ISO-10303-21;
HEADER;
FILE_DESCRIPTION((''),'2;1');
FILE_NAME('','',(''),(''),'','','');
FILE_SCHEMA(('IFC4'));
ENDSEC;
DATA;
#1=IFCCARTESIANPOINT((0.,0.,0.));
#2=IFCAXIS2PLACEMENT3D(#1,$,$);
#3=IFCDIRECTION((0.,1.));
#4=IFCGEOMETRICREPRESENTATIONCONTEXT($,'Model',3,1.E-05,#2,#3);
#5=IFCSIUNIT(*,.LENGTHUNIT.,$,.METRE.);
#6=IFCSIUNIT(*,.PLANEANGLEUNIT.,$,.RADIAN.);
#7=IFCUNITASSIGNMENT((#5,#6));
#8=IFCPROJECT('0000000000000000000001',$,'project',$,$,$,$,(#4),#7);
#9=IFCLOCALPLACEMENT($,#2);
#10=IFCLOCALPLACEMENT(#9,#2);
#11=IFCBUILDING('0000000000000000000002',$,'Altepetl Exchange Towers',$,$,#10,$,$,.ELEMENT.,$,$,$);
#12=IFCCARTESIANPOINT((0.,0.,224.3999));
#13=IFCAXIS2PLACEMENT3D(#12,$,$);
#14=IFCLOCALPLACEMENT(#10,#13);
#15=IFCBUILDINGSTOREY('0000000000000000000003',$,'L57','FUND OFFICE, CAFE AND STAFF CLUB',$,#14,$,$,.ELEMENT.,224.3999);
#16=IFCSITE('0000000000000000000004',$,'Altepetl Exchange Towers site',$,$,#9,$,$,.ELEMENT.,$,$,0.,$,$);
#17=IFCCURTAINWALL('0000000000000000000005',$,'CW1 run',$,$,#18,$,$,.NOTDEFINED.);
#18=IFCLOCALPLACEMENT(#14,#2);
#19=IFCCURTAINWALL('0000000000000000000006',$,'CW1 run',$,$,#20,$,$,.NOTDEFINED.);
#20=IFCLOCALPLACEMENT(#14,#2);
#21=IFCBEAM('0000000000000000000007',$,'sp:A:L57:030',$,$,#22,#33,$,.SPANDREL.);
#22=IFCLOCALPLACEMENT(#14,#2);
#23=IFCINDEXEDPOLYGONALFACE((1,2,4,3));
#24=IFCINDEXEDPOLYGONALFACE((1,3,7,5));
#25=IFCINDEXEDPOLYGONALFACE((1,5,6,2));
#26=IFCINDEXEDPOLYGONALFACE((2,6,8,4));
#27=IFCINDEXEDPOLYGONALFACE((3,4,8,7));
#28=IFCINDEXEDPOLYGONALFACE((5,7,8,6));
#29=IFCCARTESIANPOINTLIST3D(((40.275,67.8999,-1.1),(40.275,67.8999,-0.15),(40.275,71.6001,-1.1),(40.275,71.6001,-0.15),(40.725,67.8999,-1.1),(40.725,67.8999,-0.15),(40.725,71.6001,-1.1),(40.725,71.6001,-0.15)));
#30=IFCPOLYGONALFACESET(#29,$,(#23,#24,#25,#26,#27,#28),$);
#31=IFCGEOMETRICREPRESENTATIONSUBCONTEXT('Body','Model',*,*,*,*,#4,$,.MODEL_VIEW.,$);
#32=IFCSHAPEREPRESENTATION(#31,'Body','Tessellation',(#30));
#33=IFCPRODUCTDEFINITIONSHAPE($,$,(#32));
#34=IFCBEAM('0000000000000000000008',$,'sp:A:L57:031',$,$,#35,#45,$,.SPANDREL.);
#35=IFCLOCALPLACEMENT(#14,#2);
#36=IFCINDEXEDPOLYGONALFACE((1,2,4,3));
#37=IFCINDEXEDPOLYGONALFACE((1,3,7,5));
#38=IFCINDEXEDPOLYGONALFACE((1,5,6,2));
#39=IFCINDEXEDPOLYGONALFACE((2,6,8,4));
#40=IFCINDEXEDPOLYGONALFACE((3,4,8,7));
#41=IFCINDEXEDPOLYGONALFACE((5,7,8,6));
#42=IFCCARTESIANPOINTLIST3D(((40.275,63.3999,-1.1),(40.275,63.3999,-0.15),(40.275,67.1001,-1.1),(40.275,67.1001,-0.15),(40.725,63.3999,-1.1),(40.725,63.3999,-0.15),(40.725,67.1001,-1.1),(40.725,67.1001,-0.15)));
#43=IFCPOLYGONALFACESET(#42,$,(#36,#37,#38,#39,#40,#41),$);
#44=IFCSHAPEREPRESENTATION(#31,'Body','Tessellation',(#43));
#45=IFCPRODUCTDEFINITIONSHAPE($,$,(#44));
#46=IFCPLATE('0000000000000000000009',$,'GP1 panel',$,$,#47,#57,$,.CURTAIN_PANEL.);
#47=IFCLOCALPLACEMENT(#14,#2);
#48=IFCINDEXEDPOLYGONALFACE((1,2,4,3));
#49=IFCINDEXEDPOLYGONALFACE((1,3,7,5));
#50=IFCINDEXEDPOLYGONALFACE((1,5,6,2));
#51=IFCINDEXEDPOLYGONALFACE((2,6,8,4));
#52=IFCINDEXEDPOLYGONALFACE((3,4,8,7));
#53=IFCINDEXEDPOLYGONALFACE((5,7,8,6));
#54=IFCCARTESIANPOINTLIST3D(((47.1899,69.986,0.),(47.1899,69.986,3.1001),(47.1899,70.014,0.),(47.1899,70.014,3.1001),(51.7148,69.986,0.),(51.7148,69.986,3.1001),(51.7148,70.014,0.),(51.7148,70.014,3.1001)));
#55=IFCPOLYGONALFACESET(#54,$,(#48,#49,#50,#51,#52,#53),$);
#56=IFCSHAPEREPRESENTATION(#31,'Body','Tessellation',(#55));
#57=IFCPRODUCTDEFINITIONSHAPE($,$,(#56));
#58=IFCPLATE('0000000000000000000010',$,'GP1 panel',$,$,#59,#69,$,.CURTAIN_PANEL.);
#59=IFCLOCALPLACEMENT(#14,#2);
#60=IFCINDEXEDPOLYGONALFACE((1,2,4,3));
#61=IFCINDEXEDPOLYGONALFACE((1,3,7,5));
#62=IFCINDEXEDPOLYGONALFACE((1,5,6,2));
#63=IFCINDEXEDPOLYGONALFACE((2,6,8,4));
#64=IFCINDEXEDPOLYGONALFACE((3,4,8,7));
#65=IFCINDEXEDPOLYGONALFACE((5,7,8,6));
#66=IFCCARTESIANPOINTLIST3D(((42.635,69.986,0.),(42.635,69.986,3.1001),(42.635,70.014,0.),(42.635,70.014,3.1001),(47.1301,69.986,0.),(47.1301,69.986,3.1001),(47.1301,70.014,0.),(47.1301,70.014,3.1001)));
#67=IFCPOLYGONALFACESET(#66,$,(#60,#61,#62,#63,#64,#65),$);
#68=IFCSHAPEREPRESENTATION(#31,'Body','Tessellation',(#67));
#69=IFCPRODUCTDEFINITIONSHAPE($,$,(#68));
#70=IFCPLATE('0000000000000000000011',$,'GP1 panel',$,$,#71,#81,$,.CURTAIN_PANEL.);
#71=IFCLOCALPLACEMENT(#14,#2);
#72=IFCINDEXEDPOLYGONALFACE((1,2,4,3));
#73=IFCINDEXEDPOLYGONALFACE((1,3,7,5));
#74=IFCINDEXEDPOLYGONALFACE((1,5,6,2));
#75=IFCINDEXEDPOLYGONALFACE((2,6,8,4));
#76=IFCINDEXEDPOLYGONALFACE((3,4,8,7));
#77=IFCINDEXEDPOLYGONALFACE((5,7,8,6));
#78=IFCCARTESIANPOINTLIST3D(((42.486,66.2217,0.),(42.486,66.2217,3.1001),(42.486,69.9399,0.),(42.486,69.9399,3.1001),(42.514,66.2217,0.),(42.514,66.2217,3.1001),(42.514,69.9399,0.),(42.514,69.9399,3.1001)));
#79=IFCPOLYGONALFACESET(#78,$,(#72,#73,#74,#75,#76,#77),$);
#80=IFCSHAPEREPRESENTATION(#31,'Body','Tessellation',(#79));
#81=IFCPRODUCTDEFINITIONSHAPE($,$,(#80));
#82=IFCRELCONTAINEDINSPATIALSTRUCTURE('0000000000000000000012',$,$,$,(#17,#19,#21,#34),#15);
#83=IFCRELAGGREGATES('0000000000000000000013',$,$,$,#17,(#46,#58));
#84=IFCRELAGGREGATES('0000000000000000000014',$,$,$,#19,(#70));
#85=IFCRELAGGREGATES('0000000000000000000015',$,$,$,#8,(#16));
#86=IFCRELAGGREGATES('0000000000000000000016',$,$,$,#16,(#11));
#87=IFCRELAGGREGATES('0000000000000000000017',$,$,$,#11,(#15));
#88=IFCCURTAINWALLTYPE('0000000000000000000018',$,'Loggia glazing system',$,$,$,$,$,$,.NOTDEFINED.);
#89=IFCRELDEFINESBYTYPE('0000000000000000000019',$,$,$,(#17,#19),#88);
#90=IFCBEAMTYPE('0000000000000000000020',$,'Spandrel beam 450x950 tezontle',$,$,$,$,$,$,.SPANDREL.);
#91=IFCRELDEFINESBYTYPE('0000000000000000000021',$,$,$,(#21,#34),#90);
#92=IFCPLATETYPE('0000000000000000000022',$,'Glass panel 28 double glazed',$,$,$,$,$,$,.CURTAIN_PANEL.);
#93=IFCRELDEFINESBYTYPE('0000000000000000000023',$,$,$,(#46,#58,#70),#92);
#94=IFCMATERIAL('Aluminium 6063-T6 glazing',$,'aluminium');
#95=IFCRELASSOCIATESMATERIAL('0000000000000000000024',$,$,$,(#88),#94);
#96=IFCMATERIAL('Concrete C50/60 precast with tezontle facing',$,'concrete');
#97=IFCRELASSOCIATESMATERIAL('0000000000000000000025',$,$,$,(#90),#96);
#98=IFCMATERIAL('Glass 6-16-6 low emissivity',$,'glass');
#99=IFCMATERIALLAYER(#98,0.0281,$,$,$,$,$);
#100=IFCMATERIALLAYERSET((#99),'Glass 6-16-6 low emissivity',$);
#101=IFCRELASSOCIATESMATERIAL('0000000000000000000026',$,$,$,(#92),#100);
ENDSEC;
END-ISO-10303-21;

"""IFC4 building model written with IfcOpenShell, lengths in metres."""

from ifc_helpers import new_model, si_unit, direction, frame, origin, origin_2d, place, context, subcontext, project, spatial, rectangle, extrude, material, layer, layer_set, material_profile, profile_set, type_object, element, aggregate, save


model = new_model("IFC4")

# Units and contexts
model_context = context("Model", 3, precision=1e-05, world=origin(), true_north=direction((0.0, 1.0)))
body_context = subcontext(model_context, "Body", "Model", "MODEL_VIEW")
ifc_project = project(units=[si_unit("LENGTHUNIT", "METRE"), si_unit("PLANEANGLEUNIT", "RADIAN")], contexts=[model_context])

# Site, building, storey
site_placement = place(None, origin())
site = spatial("IfcSite", under=ifc_project, at=site_placement, Name="Altepetl Exchange Towers site", CompositionType="ELEMENT", RefElevation=0.0)
building_placement = place(site_placement, origin())
building = spatial("IfcBuilding", under=site, at=building_placement, Name="Altepetl Exchange Towers", CompositionType="ELEMENT")
storey_placement = place(building_placement, frame((0.0, 0.0, 224.3999)))
storey = spatial("IfcBuildingStorey", under=building, at=storey_placement, Name="L57", Description="FUND OFFICE, CAFE AND STAFF CLUB", CompositionType="ELEMENT", Elevation=224.3999)

# Curtain walls
ifc_material_1 = material(Name="Aluminium 6063-T6 glazing", Category="aluminium")
curtain_wall_type = type_object("IfcCurtainWallType", Name="Loggia glazing system", PredefinedType="NOTDEFINED", material=ifc_material_1)
curtain_wall_1_placement = place(storey_placement, origin())
curtain_wall_1 = element("IfcCurtainWall", 1, at=curtain_wall_1_placement, inside=storey, type_object=curtain_wall_type, Name="CW1 run", PredefinedType="NOTDEFINED")
curtain_wall_2_placement = place(storey_placement, origin())
curtain_wall_2 = element("IfcCurtainWall", 2, at=curtain_wall_2_placement, inside=storey, type_object=curtain_wall_type, Name="CW1 run", PredefinedType="NOTDEFINED")

# Beams
ifc_material_2 = material(Name="Concrete C50/60 precast with tezontle facing", Category="concrete")
ifc_material_profile_1 = material_profile(ifc_material_2, rectangle(XDim=0.45, YDim=0.95, at=origin_2d()), Name="450 x 950")
ifc_profile_set_1 = profile_set([ifc_material_profile_1], Name="Concrete C50/60 precast with tezontle facing")
beam_type_1 = type_object("IfcBeamType", Name="Spandrel beam 450x950 tezontle", PredefinedType="SPANDREL", material=ifc_profile_set_1)
for number, where, z_axis, x_axis, name in (
    (3, (40.5, 71.6001, -0.625), (0.0, -1.0, 0.0), (1.0, 0.0, 0.0), "sp:A:L57:030"),
    (4, (40.5, 67.1001, -0.625), (0.0, -1.0, 0.0), (1.0, 0.0, 0.0), "sp:A:L57:031"),
):
    element("IfcBeam", number, at=place(storey_placement, frame(where, z_axis=z_axis, x_axis=x_axis)), inside=storey, type_object=beam_type_1, Name=name, PredefinedType="SPANDREL", context=body_context, shape_type="SweptSolid", body=[
        extrude(rectangle(XDim=0.45, YDim=0.95, at=origin_2d()), origin(), (0.0, 0.0, 1.0), 3.7002),
    ])

# Plates
ifc_material_3 = material(Name="Glass 6-16-6 low emissivity", Category="glass")
ifc_layer = layer(ifc_material_3, 0.0281)
ifc_layer_set = layer_set([ifc_layer], Name="Glass 6-16-6 low emissivity")
plate_type = type_object("IfcPlateType", Name="Glass panel 28 double glazed", PredefinedType="CURTAIN_PANEL", material=ifc_layer_set)
plate_1_placement = place(storey_placement, frame((49.4524, 70.0, 0.0), z_axis=(0.0, 0.0, 1.0), x_axis=(-1.0, 0.0, 0.0)))
plate_1 = element("IfcPlate", 5, at=plate_1_placement, type_object=plate_type, Name="GP1 panel", PredefinedType="CURTAIN_PANEL", context=body_context, shape_type="SweptSolid", body=[
    extrude(rectangle(XDim=4.5249, YDim=0.0281, at=origin_2d()), origin(), (0.0, 0.0, 1.0), 3.1001),
])
plate_2_placement = place(storey_placement, frame((44.8826, 70.0, 0.0), z_axis=(0.0, 0.0, 1.0), x_axis=(-1.0, 0.0, 0.0)))
plate_2 = element("IfcPlate", 6, at=plate_2_placement, type_object=plate_type, Name="GP1 panel", PredefinedType="CURTAIN_PANEL", context=body_context, shape_type="SweptSolid", body=[
    extrude(rectangle(XDim=4.4951, YDim=0.0281, at=origin_2d()), origin(), (0.0, 0.0, 1.0), 3.1001),
])
aggregate(curtain_wall_1, [plate_1, plate_2])
plate_3_placement = place(storey_placement, frame((42.5, 68.0808, 0.0), z_axis=(0.0, 0.0, 1.0), x_axis=(0.0, -1.0, 0.0)))
plate_3 = element("IfcPlate", 7, at=plate_3_placement, type_object=plate_type, Name="GP1 panel", PredefinedType="CURTAIN_PANEL", context=body_context, shape_type="SweptSolid", body=[
    extrude(rectangle(XDim=3.7183, YDim=0.0281, at=origin_2d()), origin(), (0.0, 0.0, 1.0), 3.1001),
])
aggregate(curtain_wall_2, [plate_3])

save(model, "model.ifc")
